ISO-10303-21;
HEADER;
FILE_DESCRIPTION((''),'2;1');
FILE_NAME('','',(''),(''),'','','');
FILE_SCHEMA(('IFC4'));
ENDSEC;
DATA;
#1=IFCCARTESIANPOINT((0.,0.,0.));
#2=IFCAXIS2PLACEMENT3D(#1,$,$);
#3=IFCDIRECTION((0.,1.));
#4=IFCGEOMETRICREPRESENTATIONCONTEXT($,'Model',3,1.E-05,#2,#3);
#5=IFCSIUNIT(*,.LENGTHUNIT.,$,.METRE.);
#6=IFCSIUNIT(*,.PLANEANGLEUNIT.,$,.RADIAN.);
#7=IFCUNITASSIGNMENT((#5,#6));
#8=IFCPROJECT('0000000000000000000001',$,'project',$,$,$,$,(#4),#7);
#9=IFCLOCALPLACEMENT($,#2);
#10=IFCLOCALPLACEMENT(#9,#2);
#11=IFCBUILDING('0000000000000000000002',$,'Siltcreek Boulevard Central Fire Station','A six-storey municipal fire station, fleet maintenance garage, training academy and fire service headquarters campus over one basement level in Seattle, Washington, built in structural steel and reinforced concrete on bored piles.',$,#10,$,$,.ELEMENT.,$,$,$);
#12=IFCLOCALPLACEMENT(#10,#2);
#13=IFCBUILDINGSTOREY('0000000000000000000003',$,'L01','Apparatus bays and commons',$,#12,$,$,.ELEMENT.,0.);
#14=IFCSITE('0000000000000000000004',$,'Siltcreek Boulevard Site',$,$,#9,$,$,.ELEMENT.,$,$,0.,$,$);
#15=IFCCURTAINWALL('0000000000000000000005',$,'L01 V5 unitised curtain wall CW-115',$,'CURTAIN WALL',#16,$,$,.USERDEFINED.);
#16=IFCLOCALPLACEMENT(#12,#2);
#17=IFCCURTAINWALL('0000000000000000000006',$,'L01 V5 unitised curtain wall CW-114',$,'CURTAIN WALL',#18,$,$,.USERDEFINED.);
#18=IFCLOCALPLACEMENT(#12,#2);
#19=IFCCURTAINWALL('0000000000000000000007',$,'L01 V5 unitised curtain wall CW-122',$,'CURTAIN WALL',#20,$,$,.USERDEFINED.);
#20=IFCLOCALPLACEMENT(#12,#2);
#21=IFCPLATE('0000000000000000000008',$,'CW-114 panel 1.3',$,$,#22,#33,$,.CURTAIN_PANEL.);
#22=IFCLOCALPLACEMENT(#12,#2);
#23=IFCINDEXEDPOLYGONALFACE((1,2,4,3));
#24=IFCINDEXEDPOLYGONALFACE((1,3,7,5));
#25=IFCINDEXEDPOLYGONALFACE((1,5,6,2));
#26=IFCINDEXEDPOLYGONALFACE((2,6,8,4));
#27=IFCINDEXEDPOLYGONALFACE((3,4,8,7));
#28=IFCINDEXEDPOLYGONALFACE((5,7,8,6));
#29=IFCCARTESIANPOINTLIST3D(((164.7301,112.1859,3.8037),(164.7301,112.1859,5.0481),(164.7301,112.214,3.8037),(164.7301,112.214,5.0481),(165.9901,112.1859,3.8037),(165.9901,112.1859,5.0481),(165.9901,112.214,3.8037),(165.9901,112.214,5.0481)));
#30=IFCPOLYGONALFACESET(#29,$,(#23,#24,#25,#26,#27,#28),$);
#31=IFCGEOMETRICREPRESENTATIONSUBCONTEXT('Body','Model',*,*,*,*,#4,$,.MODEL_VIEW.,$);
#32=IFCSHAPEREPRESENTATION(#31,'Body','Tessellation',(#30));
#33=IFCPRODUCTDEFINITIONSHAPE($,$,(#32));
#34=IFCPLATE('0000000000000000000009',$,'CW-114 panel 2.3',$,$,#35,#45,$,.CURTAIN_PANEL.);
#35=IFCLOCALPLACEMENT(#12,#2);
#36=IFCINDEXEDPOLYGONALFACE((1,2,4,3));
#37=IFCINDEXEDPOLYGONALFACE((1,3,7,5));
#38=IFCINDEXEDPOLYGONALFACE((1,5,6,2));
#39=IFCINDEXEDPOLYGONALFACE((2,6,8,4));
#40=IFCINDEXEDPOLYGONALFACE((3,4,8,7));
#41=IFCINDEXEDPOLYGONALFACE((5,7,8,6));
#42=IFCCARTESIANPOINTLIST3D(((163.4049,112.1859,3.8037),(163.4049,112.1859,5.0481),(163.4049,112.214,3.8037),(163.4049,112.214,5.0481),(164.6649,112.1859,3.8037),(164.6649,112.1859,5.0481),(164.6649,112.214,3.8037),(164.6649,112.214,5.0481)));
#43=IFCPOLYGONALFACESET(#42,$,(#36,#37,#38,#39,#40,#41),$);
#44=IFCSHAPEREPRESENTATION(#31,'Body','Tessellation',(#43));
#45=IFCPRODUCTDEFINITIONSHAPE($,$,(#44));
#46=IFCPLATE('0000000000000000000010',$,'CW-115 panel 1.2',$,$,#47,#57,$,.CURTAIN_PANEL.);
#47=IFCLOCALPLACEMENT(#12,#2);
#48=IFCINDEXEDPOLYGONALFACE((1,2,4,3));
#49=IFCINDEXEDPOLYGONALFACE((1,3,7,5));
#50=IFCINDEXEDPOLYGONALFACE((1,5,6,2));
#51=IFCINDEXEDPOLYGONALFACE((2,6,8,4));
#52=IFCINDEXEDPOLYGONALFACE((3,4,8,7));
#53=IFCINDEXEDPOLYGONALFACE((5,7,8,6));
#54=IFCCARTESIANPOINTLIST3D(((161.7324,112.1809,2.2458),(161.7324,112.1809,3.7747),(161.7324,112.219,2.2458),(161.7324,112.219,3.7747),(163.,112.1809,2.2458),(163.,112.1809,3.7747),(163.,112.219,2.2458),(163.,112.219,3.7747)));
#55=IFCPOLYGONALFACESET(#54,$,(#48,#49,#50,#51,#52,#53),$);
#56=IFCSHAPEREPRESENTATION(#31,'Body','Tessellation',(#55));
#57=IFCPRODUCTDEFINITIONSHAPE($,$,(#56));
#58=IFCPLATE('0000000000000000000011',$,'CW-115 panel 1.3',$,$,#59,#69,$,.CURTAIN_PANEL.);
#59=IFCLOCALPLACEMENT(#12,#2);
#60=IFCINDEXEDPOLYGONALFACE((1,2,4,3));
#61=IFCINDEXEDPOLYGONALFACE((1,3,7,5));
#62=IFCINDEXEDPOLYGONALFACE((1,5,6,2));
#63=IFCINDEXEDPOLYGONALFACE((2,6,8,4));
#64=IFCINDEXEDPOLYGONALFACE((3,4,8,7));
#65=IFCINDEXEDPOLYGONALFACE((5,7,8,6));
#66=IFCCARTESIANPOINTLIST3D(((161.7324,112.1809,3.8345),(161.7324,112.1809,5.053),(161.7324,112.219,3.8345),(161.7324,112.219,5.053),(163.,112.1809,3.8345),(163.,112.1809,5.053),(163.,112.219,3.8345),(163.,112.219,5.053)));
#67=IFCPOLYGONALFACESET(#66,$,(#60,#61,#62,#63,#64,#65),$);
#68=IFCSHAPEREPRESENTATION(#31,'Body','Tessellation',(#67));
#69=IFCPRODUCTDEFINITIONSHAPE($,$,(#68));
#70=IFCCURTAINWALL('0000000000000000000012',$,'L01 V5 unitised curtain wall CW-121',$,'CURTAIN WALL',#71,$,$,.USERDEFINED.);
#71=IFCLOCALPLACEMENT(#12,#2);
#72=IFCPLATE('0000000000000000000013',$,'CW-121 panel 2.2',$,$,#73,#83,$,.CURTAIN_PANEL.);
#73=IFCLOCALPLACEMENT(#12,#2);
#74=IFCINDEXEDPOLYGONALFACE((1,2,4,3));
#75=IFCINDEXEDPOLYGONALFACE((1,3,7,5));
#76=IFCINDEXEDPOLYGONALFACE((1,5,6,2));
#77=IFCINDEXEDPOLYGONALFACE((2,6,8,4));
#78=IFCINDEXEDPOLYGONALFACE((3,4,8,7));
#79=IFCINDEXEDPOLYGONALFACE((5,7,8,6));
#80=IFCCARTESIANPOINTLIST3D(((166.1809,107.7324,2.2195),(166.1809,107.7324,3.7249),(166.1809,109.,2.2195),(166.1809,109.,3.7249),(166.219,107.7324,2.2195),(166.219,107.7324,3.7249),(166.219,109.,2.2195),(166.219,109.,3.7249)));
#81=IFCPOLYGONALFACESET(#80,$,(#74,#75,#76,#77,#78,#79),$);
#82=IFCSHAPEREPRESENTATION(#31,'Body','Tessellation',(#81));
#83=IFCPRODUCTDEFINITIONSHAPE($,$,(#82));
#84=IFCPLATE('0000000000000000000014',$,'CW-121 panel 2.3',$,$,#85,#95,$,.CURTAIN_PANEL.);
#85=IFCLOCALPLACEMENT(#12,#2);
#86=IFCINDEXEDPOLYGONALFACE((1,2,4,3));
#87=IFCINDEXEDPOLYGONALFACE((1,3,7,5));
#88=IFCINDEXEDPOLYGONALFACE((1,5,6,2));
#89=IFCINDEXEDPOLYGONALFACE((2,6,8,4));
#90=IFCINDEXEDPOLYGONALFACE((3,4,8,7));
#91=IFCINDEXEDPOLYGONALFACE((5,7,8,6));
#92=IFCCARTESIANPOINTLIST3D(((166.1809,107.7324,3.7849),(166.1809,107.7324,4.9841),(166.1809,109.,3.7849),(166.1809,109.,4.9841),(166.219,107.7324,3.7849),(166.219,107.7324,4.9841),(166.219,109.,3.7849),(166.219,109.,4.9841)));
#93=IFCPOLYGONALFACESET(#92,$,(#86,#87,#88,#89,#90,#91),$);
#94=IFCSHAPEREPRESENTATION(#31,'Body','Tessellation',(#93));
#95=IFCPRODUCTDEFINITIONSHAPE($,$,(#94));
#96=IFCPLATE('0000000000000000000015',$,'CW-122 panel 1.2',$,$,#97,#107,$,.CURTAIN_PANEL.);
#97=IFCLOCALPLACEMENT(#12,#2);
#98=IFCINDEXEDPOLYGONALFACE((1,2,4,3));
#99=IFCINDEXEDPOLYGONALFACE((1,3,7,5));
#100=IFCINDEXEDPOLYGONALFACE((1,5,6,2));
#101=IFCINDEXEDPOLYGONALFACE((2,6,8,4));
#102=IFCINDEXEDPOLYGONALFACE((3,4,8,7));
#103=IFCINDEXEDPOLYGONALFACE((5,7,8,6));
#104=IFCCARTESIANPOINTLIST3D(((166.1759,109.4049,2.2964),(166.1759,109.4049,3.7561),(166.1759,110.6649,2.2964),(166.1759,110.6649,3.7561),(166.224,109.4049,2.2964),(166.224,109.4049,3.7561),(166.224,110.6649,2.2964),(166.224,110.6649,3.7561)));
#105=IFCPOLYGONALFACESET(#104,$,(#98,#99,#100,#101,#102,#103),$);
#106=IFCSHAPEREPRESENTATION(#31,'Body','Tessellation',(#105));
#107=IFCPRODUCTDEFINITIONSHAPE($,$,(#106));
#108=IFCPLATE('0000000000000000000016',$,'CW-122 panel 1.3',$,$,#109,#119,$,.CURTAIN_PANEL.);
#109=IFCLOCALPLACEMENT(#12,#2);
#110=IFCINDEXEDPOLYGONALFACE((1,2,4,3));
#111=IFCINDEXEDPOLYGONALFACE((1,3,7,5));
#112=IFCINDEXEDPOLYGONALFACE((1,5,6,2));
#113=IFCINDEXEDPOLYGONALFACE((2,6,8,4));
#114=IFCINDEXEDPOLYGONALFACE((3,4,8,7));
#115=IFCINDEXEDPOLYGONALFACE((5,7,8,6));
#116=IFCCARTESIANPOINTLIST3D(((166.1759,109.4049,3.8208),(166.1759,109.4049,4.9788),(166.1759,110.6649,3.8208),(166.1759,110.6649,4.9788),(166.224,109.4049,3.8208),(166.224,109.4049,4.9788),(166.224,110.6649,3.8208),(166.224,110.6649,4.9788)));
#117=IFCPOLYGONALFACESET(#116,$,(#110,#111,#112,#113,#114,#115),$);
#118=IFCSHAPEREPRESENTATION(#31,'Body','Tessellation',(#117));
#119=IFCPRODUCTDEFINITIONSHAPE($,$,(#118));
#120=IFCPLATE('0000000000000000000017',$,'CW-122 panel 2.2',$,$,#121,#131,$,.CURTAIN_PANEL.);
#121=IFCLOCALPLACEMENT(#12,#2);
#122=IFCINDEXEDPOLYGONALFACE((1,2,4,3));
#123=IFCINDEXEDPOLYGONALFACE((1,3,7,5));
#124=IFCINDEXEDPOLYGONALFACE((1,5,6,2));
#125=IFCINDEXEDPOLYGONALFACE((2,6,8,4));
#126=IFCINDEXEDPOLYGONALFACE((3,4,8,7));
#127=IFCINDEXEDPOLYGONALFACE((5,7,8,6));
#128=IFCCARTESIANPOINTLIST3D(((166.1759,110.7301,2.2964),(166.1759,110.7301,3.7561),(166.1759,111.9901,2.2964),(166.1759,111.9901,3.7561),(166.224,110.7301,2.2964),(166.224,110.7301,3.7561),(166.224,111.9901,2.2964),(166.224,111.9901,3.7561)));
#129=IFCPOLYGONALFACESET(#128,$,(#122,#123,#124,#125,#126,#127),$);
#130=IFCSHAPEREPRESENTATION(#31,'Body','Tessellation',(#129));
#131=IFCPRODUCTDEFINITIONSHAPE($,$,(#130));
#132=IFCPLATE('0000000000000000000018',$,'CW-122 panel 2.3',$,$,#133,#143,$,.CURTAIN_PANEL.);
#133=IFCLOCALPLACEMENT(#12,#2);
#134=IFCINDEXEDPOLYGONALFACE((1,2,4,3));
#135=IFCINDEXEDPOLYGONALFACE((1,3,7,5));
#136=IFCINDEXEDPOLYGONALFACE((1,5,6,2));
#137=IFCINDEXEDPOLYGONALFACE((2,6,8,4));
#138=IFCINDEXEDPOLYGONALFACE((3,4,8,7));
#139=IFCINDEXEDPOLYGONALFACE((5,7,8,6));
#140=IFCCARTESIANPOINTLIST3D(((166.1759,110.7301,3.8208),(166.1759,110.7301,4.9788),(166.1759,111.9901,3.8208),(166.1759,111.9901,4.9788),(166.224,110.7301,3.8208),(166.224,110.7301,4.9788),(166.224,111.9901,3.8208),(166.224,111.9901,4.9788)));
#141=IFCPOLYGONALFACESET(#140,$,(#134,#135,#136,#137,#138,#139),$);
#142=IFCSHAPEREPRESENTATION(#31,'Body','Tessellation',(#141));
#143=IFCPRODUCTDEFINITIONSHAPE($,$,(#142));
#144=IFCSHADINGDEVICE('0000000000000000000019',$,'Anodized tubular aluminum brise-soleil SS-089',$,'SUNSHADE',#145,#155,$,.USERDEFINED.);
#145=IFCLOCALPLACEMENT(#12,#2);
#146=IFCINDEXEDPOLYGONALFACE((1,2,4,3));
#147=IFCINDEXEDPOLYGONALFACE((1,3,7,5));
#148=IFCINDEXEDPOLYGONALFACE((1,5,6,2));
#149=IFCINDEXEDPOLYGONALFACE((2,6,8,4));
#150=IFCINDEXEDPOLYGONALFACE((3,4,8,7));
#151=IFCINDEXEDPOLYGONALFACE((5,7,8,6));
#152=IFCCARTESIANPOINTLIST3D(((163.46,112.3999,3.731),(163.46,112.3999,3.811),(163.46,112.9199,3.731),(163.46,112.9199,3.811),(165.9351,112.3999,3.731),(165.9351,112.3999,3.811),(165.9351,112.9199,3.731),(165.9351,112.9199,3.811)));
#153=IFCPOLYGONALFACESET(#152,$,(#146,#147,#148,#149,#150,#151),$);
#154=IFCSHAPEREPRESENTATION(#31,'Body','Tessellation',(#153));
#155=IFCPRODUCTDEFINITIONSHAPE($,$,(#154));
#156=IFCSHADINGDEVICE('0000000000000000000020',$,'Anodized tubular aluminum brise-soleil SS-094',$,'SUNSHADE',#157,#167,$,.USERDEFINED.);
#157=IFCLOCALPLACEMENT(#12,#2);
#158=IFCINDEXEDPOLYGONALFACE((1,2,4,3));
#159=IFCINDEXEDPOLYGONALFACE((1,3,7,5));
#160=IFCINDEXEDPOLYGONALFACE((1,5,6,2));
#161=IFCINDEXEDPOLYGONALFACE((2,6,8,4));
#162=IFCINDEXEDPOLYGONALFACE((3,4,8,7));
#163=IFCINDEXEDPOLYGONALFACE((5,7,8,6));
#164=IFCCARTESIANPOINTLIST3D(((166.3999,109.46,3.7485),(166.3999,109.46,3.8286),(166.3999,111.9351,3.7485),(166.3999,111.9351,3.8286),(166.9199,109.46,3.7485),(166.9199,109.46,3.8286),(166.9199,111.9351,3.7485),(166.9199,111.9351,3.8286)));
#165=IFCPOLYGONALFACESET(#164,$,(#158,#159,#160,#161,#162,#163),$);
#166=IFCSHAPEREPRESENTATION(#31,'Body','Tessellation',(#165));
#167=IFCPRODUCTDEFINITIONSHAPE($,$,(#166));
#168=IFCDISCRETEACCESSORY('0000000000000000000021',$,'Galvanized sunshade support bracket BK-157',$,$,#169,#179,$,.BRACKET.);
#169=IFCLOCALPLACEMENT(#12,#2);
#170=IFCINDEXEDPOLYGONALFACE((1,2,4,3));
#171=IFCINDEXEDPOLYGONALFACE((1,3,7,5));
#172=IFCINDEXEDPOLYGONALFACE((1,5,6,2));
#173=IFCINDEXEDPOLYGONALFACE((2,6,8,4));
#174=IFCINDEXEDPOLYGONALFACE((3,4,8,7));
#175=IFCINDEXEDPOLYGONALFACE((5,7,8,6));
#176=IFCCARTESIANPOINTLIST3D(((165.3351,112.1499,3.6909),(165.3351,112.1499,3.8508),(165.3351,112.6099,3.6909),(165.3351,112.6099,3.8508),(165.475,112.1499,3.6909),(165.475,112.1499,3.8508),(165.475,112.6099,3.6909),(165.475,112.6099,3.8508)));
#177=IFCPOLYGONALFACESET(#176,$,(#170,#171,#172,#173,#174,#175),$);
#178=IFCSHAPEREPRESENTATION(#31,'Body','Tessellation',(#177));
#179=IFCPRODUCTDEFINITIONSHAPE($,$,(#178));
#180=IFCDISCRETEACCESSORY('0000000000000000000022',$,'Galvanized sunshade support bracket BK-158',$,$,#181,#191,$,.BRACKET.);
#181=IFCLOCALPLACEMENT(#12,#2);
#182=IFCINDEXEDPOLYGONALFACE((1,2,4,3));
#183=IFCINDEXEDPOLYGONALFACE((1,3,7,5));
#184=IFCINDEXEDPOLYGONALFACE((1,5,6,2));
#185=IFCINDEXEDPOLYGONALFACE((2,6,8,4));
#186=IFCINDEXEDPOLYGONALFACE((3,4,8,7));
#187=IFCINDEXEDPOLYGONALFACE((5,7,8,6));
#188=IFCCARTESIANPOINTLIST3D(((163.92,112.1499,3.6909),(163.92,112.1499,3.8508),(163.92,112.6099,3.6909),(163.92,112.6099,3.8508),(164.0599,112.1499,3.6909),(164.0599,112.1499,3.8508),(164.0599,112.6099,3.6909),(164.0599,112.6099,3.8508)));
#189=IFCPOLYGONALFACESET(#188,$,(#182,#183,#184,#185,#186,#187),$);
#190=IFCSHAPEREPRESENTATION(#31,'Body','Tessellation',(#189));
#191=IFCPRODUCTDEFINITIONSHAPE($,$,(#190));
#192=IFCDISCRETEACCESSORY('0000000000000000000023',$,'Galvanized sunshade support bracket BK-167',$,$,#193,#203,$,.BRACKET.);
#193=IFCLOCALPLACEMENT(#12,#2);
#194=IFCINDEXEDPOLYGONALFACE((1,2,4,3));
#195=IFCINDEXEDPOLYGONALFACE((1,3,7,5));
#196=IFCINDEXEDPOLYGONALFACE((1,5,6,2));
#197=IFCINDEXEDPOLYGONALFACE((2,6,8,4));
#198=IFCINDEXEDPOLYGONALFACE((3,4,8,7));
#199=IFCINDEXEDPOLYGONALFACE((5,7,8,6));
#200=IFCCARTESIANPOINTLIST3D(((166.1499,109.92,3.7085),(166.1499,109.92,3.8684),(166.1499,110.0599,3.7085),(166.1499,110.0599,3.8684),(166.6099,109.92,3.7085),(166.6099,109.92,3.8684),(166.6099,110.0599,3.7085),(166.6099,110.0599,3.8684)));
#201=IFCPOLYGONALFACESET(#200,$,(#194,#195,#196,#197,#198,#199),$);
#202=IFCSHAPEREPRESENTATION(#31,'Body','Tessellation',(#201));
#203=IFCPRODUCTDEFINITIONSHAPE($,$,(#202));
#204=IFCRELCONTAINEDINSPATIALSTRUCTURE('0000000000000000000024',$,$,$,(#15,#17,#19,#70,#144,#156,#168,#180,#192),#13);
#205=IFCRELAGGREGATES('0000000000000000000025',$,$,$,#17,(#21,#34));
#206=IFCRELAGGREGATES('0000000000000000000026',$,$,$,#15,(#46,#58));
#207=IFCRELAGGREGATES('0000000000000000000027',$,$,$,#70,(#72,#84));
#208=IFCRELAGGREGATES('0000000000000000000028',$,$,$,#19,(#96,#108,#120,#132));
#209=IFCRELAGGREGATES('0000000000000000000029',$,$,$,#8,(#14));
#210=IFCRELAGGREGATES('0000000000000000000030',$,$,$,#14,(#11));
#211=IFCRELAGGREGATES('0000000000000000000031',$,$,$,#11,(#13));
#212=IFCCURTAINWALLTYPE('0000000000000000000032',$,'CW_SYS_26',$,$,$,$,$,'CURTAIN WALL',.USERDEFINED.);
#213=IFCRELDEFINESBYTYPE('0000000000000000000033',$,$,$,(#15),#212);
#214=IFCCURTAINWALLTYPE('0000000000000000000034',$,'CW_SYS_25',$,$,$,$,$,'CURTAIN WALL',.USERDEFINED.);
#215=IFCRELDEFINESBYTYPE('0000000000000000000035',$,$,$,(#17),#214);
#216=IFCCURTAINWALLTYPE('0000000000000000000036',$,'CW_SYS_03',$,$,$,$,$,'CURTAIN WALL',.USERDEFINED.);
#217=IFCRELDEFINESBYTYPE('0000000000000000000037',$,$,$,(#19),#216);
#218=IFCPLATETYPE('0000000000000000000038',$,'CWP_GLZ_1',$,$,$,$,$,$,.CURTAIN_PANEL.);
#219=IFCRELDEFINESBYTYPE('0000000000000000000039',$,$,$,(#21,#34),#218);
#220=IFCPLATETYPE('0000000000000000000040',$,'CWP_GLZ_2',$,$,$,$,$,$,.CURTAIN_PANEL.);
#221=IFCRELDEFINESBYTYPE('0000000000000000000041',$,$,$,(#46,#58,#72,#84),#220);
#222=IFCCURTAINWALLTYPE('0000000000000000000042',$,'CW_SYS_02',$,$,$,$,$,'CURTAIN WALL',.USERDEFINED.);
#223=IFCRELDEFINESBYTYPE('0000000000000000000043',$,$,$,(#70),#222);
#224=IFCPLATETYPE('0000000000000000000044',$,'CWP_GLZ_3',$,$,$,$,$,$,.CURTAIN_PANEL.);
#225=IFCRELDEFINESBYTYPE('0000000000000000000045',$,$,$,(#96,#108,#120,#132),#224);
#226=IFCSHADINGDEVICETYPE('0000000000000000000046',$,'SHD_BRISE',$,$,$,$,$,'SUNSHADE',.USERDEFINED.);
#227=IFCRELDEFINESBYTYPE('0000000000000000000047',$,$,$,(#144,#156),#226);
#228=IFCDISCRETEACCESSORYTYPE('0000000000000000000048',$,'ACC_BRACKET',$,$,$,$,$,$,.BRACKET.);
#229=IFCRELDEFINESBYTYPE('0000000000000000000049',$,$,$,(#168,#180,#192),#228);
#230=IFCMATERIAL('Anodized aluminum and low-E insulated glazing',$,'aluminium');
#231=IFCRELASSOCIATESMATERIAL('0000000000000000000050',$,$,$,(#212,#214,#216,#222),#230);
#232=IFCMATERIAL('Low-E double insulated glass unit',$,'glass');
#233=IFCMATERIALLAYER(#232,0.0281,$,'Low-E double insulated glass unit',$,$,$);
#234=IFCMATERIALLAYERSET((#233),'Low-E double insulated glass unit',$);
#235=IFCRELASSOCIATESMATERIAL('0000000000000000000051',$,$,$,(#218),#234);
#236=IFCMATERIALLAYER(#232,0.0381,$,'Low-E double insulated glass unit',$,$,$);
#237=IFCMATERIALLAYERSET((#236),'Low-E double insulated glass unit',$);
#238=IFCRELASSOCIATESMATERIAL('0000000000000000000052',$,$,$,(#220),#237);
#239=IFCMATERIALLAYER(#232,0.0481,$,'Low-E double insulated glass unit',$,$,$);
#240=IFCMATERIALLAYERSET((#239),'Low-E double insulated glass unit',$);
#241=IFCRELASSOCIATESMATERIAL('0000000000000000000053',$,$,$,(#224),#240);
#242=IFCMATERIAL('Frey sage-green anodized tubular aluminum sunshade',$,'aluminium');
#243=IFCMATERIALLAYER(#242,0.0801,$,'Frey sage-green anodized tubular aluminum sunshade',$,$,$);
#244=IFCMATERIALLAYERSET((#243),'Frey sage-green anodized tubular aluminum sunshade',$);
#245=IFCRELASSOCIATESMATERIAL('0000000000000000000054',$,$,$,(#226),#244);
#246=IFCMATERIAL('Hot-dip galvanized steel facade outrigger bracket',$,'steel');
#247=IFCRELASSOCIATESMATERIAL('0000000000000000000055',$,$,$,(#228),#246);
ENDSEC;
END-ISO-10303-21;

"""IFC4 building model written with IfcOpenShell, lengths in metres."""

from ifc_helpers import new_model, si_unit, direction, frame, origin, origin_2d, place, context, subcontext, project, spatial, rectangle, extrude, material, layer, layer_set, type_object, element, aggregate, save


model = new_model("IFC4")

# Units and contexts
model_context = context("Model", 3, precision=1e-05, world=origin(), true_north=direction((0.0, 1.0)))
body_context = subcontext(model_context, "Body", "Model", "MODEL_VIEW")
ifc_project = project(units=[si_unit("LENGTHUNIT", "METRE"), si_unit("PLANEANGLEUNIT", "RADIAN")], contexts=[model_context])

# Site, building, storey
site_placement = place(None, origin())
site = spatial("IfcSite", under=ifc_project, at=site_placement, Name="Siltcreek Boulevard Site", CompositionType="ELEMENT", RefElevation=0.0)
building_placement = place(site_placement, origin())
building = spatial("IfcBuilding", under=site, at=building_placement, Name="Siltcreek Boulevard Central Fire Station", Description="A six-storey municipal fire station, fleet maintenance garage, training academy and fire service headquarters campus over one basement level in Seattle, Washington, built in structural steel and reinforced concrete on bored piles.", CompositionType="ELEMENT")
storey_placement = place(building_placement, origin())
storey = spatial("IfcBuildingStorey", under=building, at=storey_placement, Name="L01", Description="Apparatus bays and commons", CompositionType="ELEMENT", Elevation=0.0)

# Curtain walls
ifc_material_1 = material(Name="Anodized aluminum and low-E insulated glazing", Category="aluminium")
curtain_wall_type_1 = type_object("IfcCurtainWallType", Name="CW_SYS_26", ElementType="CURTAIN WALL", PredefinedType="USERDEFINED", material=ifc_material_1)
curtain_wall_1_placement = place(storey_placement, origin())
curtain_wall_1 = element("IfcCurtainWall", 1, at=curtain_wall_1_placement, inside=storey, type_object=curtain_wall_type_1, Name="L01 V5 unitised curtain wall CW-115", ObjectType="CURTAIN WALL", PredefinedType="USERDEFINED")
curtain_wall_type_2 = type_object("IfcCurtainWallType", Name="CW_SYS_25", ElementType="CURTAIN WALL", PredefinedType="USERDEFINED", material=ifc_material_1)
curtain_wall_2_placement = place(storey_placement, origin())
curtain_wall_2 = element("IfcCurtainWall", 2, at=curtain_wall_2_placement, inside=storey, type_object=curtain_wall_type_2, Name="L01 V5 unitised curtain wall CW-114", ObjectType="CURTAIN WALL", PredefinedType="USERDEFINED")
curtain_wall_type_3 = type_object("IfcCurtainWallType", Name="CW_SYS_03", ElementType="CURTAIN WALL", PredefinedType="USERDEFINED", material=ifc_material_1)
curtain_wall_3_placement = place(storey_placement, origin())
curtain_wall_3 = element("IfcCurtainWall", 3, at=curtain_wall_3_placement, inside=storey, type_object=curtain_wall_type_3, Name="L01 V5 unitised curtain wall CW-122", ObjectType="CURTAIN WALL", PredefinedType="USERDEFINED")

# Plates
ifc_material_2 = material(Name="Low-E double insulated glass unit", Category="glass")
ifc_layer_1 = layer(ifc_material_2, 0.0281, Name="Low-E double insulated glass unit")
ifc_layer_set_1 = layer_set([ifc_layer_1], Name="Low-E double insulated glass unit")
plate_type_1 = type_object("IfcPlateType", Name="CWP_GLZ_1", PredefinedType="CURTAIN_PANEL", material=ifc_layer_set_1)
plate_1_placement = place(storey_placement, frame((165.3601, 112.2, 3.8037), z_axis=(0.0, 0.0, 1.0), x_axis=(-1.0, 0.0, 0.0)))
plate_1 = element("IfcPlate", 4, at=plate_1_placement, type_object=plate_type_1, Name="CW-114 panel 1.3", PredefinedType="CURTAIN_PANEL", context=body_context, shape_type="SweptSolid", body=[
    extrude(rectangle(XDim=1.26, YDim=0.0281, at=origin_2d()), origin(), (0.0, 0.0, 1.0), 1.2444),
])
plate_2_placement = place(storey_placement, frame((164.0349, 112.2, 3.8037), z_axis=(0.0, 0.0, 1.0), x_axis=(-1.0, 0.0, 0.0)))
plate_2 = element("IfcPlate", 5, at=plate_2_placement, type_object=plate_type_1, Name="CW-114 panel 2.3", PredefinedType="CURTAIN_PANEL", context=body_context, shape_type="SweptSolid", body=[
    extrude(rectangle(XDim=1.26, YDim=0.0281, at=origin_2d()), origin(), (0.0, 0.0, 1.0), 1.2444),
])
aggregate(curtain_wall_2, [plate_1, plate_2])
ifc_layer_2 = layer(ifc_material_2, 0.0381, Name="Low-E double insulated glass unit")
ifc_layer_set_2 = layer_set([ifc_layer_2], Name="Low-E double insulated glass unit")
plate_type_2 = type_object("IfcPlateType", Name="CWP_GLZ_2", PredefinedType="CURTAIN_PANEL", material=ifc_layer_set_2)
plate_3_placement = place(storey_placement, frame((162.3662, 112.2, 2.2458), z_axis=(0.0, 0.0, 1.0), x_axis=(-1.0, 0.0, 0.0)))
plate_3 = element("IfcPlate", 6, at=plate_3_placement, type_object=plate_type_2, Name="CW-115 panel 1.2", PredefinedType="CURTAIN_PANEL", context=body_context, shape_type="SweptSolid", body=[
    extrude(rectangle(XDim=1.2676, YDim=0.0381, at=origin_2d()), origin(), (0.0, 0.0, 1.0), 1.5288),
])
plate_4_placement = place(storey_placement, frame((162.3662, 112.2, 3.8345), z_axis=(0.0, 0.0, 1.0), x_axis=(-1.0, 0.0, 0.0)))
plate_4 = element("IfcPlate", 7, at=plate_4_placement, type_object=plate_type_2, Name="CW-115 panel 1.3", PredefinedType="CURTAIN_PANEL", context=body_context, shape_type="SweptSolid", body=[
    extrude(rectangle(XDim=1.2676, YDim=0.0381, at=origin_2d()), origin(), (0.0, 0.0, 1.0), 1.2185),
])
aggregate(curtain_wall_1, [plate_3, plate_4])

# Curtain wall, plates
curtain_wall_type_4 = type_object("IfcCurtainWallType", Name="CW_SYS_02", ElementType="CURTAIN WALL", PredefinedType="USERDEFINED", material=ifc_material_1)
curtain_wall_4_placement = place(storey_placement, origin())
curtain_wall_4 = element("IfcCurtainWall", 8, at=curtain_wall_4_placement, inside=storey, type_object=curtain_wall_type_4, Name="L01 V5 unitised curtain wall CW-121", ObjectType="CURTAIN WALL", PredefinedType="USERDEFINED")
plate_5_placement = place(storey_placement, frame((166.2, 108.3662, 2.2195), z_axis=(0.0, 0.0, 1.0), x_axis=(0.0, 1.0, 0.0)))
plate_5 = element("IfcPlate", 9, at=plate_5_placement, type_object=plate_type_2, Name="CW-121 panel 2.2", PredefinedType="CURTAIN_PANEL", context=body_context, shape_type="SweptSolid", body=[
    extrude(rectangle(XDim=1.2676, YDim=0.0381, at=origin_2d()), origin(), (0.0, 0.0, 1.0), 1.5054),
])
plate_6_placement = place(storey_placement, frame((166.2, 108.3662, 3.7849), z_axis=(0.0, 0.0, 1.0), x_axis=(0.0, 1.0, 0.0)))
plate_6 = element("IfcPlate", 10, at=plate_6_placement, type_object=plate_type_2, Name="CW-121 panel 2.3", PredefinedType="CURTAIN_PANEL", context=body_context, shape_type="SweptSolid", body=[
    extrude(rectangle(XDim=1.2676, YDim=0.0381, at=origin_2d()), origin(), (0.0, 0.0, 1.0), 1.1992),
])
aggregate(curtain_wall_4, [plate_5, plate_6])

# Plates
ifc_layer_3 = layer(ifc_material_2, 0.0481, Name="Low-E double insulated glass unit")
ifc_layer_set_3 = layer_set([ifc_layer_3], Name="Low-E double insulated glass unit")
plate_type_3 = type_object("IfcPlateType", Name="CWP_GLZ_3", PredefinedType="CURTAIN_PANEL", material=ifc_layer_set_3)
plate_7_placement = place(storey_placement, frame((166.2, 110.0349, 2.2964), z_axis=(0.0, 0.0, 1.0), x_axis=(0.0, 1.0, 0.0)))
plate_7 = element("IfcPlate", 11, at=plate_7_placement, type_object=plate_type_3, Name="CW-122 panel 1.2", PredefinedType="CURTAIN_PANEL", context=body_context, shape_type="SweptSolid", body=[
    extrude(rectangle(XDim=1.26, YDim=0.0481, at=origin_2d()), origin(), (0.0, 0.0, 1.0), 1.4597),
])
plate_8_placement = place(storey_placement, frame((166.2, 110.0349, 3.8208), z_axis=(0.0, 0.0, 1.0), x_axis=(0.0, 1.0, 0.0)))
plate_8 = element("IfcPlate", 12, at=plate_8_placement, type_object=plate_type_3, Name="CW-122 panel 1.3", PredefinedType="CURTAIN_PANEL", context=body_context, shape_type="SweptSolid", body=[
    extrude(rectangle(XDim=1.26, YDim=0.0481, at=origin_2d()), origin(), (0.0, 0.0, 1.0), 1.158),
])
plate_9_placement = place(storey_placement, frame((166.2, 111.3601, 2.2964), z_axis=(0.0, 0.0, 1.0), x_axis=(0.0, 1.0, 0.0)))
plate_9 = element("IfcPlate", 13, at=plate_9_placement, type_object=plate_type_3, Name="CW-122 panel 2.2", PredefinedType="CURTAIN_PANEL", context=body_context, shape_type="SweptSolid", body=[
    extrude(rectangle(XDim=1.26, YDim=0.0481, at=origin_2d()), origin(), (0.0, 0.0, 1.0), 1.4597),
])
plate_10_placement = place(storey_placement, frame((166.2, 111.3601, 3.8208), z_axis=(0.0, 0.0, 1.0), x_axis=(0.0, 1.0, 0.0)))
plate_10 = element("IfcPlate", 14, at=plate_10_placement, type_object=plate_type_3, Name="CW-122 panel 2.3", PredefinedType="CURTAIN_PANEL", context=body_context, shape_type="SweptSolid", body=[
    extrude(rectangle(XDim=1.26, YDim=0.0481, at=origin_2d()), origin(), (0.0, 0.0, 1.0), 1.158),
])
aggregate(curtain_wall_3, [plate_7, plate_8, plate_9, plate_10])

# Shading devices
ifc_material_3 = material(Name="Frey sage-green anodized tubular aluminum sunshade", Category="aluminium")
ifc_layer_4 = layer(ifc_material_3, 0.0801, Name="Frey sage-green anodized tubular aluminum sunshade")
ifc_layer_set_4 = layer_set([ifc_layer_4], Name="Frey sage-green anodized tubular aluminum sunshade")
shading_device_type = type_object("IfcShadingDeviceType", Name="SHD_BRISE", ElementType="SUNSHADE", PredefinedType="USERDEFINED", material=ifc_layer_set_4)
for number, where, z_axis, x_axis, name in (
    (15, (164.6975, 112.6599, 3.731), (0.0, 0.0, 1.0), (-1.0, 0.0, 0.0), "Anodized tubular aluminum brise-soleil SS-089"),
    (16, (166.6599, 110.6975, 3.7485), (0.0, 0.0, 1.0), (0.0, 1.0, 0.0), "Anodized tubular aluminum brise-soleil SS-094"),
):
    element("IfcShadingDevice", number, at=place(storey_placement, frame(where, z_axis=z_axis, x_axis=x_axis)), inside=storey, type_object=shading_device_type, Name=name, ObjectType="SUNSHADE", PredefinedType="USERDEFINED", context=body_context, shape_type="SweptSolid", body=[
        extrude(rectangle(XDim=2.4751, YDim=0.52, at=origin_2d()), origin(), (0.0, 0.0, 1.0), 0.0801),
    ])

# Discrete accessories
ifc_material_4 = material(Name="Hot-dip galvanized steel facade outrigger bracket", Category="steel")
discrete_accessory_type = type_object("IfcDiscreteAccessoryType", Name="ACC_BRACKET", PredefinedType="BRACKET", material=ifc_material_4)
for number, where, z_axis, x_axis, name in (
    (17, (165.405, 112.3799, 3.6909), (0.0, 0.0, 1.0), (-1.0, 0.0, 0.0), "Galvanized sunshade support bracket BK-157"),
    (18, (163.99, 112.3799, 3.6909), (0.0, 0.0, 1.0), (-1.0, 0.0, 0.0), "Galvanized sunshade support bracket BK-158"),
    (19, (166.3799, 109.99, 3.7085), (0.0, 0.0, 1.0), (0.0, 1.0, 0.0), "Galvanized sunshade support bracket BK-167"),
):
    element("IfcDiscreteAccessory", number, at=place(storey_placement, frame(where, z_axis=z_axis, x_axis=x_axis)), inside=storey, type_object=discrete_accessory_type, Name=name, PredefinedType="BRACKET", context=body_context, shape_type="SweptSolid", body=[
        extrude(rectangle(XDim=0.1399, YDim=0.46, at=origin_2d()), origin(), (0.0, 0.0, 1.0), 0.1599),
    ])

save(model, "model.ifc")
